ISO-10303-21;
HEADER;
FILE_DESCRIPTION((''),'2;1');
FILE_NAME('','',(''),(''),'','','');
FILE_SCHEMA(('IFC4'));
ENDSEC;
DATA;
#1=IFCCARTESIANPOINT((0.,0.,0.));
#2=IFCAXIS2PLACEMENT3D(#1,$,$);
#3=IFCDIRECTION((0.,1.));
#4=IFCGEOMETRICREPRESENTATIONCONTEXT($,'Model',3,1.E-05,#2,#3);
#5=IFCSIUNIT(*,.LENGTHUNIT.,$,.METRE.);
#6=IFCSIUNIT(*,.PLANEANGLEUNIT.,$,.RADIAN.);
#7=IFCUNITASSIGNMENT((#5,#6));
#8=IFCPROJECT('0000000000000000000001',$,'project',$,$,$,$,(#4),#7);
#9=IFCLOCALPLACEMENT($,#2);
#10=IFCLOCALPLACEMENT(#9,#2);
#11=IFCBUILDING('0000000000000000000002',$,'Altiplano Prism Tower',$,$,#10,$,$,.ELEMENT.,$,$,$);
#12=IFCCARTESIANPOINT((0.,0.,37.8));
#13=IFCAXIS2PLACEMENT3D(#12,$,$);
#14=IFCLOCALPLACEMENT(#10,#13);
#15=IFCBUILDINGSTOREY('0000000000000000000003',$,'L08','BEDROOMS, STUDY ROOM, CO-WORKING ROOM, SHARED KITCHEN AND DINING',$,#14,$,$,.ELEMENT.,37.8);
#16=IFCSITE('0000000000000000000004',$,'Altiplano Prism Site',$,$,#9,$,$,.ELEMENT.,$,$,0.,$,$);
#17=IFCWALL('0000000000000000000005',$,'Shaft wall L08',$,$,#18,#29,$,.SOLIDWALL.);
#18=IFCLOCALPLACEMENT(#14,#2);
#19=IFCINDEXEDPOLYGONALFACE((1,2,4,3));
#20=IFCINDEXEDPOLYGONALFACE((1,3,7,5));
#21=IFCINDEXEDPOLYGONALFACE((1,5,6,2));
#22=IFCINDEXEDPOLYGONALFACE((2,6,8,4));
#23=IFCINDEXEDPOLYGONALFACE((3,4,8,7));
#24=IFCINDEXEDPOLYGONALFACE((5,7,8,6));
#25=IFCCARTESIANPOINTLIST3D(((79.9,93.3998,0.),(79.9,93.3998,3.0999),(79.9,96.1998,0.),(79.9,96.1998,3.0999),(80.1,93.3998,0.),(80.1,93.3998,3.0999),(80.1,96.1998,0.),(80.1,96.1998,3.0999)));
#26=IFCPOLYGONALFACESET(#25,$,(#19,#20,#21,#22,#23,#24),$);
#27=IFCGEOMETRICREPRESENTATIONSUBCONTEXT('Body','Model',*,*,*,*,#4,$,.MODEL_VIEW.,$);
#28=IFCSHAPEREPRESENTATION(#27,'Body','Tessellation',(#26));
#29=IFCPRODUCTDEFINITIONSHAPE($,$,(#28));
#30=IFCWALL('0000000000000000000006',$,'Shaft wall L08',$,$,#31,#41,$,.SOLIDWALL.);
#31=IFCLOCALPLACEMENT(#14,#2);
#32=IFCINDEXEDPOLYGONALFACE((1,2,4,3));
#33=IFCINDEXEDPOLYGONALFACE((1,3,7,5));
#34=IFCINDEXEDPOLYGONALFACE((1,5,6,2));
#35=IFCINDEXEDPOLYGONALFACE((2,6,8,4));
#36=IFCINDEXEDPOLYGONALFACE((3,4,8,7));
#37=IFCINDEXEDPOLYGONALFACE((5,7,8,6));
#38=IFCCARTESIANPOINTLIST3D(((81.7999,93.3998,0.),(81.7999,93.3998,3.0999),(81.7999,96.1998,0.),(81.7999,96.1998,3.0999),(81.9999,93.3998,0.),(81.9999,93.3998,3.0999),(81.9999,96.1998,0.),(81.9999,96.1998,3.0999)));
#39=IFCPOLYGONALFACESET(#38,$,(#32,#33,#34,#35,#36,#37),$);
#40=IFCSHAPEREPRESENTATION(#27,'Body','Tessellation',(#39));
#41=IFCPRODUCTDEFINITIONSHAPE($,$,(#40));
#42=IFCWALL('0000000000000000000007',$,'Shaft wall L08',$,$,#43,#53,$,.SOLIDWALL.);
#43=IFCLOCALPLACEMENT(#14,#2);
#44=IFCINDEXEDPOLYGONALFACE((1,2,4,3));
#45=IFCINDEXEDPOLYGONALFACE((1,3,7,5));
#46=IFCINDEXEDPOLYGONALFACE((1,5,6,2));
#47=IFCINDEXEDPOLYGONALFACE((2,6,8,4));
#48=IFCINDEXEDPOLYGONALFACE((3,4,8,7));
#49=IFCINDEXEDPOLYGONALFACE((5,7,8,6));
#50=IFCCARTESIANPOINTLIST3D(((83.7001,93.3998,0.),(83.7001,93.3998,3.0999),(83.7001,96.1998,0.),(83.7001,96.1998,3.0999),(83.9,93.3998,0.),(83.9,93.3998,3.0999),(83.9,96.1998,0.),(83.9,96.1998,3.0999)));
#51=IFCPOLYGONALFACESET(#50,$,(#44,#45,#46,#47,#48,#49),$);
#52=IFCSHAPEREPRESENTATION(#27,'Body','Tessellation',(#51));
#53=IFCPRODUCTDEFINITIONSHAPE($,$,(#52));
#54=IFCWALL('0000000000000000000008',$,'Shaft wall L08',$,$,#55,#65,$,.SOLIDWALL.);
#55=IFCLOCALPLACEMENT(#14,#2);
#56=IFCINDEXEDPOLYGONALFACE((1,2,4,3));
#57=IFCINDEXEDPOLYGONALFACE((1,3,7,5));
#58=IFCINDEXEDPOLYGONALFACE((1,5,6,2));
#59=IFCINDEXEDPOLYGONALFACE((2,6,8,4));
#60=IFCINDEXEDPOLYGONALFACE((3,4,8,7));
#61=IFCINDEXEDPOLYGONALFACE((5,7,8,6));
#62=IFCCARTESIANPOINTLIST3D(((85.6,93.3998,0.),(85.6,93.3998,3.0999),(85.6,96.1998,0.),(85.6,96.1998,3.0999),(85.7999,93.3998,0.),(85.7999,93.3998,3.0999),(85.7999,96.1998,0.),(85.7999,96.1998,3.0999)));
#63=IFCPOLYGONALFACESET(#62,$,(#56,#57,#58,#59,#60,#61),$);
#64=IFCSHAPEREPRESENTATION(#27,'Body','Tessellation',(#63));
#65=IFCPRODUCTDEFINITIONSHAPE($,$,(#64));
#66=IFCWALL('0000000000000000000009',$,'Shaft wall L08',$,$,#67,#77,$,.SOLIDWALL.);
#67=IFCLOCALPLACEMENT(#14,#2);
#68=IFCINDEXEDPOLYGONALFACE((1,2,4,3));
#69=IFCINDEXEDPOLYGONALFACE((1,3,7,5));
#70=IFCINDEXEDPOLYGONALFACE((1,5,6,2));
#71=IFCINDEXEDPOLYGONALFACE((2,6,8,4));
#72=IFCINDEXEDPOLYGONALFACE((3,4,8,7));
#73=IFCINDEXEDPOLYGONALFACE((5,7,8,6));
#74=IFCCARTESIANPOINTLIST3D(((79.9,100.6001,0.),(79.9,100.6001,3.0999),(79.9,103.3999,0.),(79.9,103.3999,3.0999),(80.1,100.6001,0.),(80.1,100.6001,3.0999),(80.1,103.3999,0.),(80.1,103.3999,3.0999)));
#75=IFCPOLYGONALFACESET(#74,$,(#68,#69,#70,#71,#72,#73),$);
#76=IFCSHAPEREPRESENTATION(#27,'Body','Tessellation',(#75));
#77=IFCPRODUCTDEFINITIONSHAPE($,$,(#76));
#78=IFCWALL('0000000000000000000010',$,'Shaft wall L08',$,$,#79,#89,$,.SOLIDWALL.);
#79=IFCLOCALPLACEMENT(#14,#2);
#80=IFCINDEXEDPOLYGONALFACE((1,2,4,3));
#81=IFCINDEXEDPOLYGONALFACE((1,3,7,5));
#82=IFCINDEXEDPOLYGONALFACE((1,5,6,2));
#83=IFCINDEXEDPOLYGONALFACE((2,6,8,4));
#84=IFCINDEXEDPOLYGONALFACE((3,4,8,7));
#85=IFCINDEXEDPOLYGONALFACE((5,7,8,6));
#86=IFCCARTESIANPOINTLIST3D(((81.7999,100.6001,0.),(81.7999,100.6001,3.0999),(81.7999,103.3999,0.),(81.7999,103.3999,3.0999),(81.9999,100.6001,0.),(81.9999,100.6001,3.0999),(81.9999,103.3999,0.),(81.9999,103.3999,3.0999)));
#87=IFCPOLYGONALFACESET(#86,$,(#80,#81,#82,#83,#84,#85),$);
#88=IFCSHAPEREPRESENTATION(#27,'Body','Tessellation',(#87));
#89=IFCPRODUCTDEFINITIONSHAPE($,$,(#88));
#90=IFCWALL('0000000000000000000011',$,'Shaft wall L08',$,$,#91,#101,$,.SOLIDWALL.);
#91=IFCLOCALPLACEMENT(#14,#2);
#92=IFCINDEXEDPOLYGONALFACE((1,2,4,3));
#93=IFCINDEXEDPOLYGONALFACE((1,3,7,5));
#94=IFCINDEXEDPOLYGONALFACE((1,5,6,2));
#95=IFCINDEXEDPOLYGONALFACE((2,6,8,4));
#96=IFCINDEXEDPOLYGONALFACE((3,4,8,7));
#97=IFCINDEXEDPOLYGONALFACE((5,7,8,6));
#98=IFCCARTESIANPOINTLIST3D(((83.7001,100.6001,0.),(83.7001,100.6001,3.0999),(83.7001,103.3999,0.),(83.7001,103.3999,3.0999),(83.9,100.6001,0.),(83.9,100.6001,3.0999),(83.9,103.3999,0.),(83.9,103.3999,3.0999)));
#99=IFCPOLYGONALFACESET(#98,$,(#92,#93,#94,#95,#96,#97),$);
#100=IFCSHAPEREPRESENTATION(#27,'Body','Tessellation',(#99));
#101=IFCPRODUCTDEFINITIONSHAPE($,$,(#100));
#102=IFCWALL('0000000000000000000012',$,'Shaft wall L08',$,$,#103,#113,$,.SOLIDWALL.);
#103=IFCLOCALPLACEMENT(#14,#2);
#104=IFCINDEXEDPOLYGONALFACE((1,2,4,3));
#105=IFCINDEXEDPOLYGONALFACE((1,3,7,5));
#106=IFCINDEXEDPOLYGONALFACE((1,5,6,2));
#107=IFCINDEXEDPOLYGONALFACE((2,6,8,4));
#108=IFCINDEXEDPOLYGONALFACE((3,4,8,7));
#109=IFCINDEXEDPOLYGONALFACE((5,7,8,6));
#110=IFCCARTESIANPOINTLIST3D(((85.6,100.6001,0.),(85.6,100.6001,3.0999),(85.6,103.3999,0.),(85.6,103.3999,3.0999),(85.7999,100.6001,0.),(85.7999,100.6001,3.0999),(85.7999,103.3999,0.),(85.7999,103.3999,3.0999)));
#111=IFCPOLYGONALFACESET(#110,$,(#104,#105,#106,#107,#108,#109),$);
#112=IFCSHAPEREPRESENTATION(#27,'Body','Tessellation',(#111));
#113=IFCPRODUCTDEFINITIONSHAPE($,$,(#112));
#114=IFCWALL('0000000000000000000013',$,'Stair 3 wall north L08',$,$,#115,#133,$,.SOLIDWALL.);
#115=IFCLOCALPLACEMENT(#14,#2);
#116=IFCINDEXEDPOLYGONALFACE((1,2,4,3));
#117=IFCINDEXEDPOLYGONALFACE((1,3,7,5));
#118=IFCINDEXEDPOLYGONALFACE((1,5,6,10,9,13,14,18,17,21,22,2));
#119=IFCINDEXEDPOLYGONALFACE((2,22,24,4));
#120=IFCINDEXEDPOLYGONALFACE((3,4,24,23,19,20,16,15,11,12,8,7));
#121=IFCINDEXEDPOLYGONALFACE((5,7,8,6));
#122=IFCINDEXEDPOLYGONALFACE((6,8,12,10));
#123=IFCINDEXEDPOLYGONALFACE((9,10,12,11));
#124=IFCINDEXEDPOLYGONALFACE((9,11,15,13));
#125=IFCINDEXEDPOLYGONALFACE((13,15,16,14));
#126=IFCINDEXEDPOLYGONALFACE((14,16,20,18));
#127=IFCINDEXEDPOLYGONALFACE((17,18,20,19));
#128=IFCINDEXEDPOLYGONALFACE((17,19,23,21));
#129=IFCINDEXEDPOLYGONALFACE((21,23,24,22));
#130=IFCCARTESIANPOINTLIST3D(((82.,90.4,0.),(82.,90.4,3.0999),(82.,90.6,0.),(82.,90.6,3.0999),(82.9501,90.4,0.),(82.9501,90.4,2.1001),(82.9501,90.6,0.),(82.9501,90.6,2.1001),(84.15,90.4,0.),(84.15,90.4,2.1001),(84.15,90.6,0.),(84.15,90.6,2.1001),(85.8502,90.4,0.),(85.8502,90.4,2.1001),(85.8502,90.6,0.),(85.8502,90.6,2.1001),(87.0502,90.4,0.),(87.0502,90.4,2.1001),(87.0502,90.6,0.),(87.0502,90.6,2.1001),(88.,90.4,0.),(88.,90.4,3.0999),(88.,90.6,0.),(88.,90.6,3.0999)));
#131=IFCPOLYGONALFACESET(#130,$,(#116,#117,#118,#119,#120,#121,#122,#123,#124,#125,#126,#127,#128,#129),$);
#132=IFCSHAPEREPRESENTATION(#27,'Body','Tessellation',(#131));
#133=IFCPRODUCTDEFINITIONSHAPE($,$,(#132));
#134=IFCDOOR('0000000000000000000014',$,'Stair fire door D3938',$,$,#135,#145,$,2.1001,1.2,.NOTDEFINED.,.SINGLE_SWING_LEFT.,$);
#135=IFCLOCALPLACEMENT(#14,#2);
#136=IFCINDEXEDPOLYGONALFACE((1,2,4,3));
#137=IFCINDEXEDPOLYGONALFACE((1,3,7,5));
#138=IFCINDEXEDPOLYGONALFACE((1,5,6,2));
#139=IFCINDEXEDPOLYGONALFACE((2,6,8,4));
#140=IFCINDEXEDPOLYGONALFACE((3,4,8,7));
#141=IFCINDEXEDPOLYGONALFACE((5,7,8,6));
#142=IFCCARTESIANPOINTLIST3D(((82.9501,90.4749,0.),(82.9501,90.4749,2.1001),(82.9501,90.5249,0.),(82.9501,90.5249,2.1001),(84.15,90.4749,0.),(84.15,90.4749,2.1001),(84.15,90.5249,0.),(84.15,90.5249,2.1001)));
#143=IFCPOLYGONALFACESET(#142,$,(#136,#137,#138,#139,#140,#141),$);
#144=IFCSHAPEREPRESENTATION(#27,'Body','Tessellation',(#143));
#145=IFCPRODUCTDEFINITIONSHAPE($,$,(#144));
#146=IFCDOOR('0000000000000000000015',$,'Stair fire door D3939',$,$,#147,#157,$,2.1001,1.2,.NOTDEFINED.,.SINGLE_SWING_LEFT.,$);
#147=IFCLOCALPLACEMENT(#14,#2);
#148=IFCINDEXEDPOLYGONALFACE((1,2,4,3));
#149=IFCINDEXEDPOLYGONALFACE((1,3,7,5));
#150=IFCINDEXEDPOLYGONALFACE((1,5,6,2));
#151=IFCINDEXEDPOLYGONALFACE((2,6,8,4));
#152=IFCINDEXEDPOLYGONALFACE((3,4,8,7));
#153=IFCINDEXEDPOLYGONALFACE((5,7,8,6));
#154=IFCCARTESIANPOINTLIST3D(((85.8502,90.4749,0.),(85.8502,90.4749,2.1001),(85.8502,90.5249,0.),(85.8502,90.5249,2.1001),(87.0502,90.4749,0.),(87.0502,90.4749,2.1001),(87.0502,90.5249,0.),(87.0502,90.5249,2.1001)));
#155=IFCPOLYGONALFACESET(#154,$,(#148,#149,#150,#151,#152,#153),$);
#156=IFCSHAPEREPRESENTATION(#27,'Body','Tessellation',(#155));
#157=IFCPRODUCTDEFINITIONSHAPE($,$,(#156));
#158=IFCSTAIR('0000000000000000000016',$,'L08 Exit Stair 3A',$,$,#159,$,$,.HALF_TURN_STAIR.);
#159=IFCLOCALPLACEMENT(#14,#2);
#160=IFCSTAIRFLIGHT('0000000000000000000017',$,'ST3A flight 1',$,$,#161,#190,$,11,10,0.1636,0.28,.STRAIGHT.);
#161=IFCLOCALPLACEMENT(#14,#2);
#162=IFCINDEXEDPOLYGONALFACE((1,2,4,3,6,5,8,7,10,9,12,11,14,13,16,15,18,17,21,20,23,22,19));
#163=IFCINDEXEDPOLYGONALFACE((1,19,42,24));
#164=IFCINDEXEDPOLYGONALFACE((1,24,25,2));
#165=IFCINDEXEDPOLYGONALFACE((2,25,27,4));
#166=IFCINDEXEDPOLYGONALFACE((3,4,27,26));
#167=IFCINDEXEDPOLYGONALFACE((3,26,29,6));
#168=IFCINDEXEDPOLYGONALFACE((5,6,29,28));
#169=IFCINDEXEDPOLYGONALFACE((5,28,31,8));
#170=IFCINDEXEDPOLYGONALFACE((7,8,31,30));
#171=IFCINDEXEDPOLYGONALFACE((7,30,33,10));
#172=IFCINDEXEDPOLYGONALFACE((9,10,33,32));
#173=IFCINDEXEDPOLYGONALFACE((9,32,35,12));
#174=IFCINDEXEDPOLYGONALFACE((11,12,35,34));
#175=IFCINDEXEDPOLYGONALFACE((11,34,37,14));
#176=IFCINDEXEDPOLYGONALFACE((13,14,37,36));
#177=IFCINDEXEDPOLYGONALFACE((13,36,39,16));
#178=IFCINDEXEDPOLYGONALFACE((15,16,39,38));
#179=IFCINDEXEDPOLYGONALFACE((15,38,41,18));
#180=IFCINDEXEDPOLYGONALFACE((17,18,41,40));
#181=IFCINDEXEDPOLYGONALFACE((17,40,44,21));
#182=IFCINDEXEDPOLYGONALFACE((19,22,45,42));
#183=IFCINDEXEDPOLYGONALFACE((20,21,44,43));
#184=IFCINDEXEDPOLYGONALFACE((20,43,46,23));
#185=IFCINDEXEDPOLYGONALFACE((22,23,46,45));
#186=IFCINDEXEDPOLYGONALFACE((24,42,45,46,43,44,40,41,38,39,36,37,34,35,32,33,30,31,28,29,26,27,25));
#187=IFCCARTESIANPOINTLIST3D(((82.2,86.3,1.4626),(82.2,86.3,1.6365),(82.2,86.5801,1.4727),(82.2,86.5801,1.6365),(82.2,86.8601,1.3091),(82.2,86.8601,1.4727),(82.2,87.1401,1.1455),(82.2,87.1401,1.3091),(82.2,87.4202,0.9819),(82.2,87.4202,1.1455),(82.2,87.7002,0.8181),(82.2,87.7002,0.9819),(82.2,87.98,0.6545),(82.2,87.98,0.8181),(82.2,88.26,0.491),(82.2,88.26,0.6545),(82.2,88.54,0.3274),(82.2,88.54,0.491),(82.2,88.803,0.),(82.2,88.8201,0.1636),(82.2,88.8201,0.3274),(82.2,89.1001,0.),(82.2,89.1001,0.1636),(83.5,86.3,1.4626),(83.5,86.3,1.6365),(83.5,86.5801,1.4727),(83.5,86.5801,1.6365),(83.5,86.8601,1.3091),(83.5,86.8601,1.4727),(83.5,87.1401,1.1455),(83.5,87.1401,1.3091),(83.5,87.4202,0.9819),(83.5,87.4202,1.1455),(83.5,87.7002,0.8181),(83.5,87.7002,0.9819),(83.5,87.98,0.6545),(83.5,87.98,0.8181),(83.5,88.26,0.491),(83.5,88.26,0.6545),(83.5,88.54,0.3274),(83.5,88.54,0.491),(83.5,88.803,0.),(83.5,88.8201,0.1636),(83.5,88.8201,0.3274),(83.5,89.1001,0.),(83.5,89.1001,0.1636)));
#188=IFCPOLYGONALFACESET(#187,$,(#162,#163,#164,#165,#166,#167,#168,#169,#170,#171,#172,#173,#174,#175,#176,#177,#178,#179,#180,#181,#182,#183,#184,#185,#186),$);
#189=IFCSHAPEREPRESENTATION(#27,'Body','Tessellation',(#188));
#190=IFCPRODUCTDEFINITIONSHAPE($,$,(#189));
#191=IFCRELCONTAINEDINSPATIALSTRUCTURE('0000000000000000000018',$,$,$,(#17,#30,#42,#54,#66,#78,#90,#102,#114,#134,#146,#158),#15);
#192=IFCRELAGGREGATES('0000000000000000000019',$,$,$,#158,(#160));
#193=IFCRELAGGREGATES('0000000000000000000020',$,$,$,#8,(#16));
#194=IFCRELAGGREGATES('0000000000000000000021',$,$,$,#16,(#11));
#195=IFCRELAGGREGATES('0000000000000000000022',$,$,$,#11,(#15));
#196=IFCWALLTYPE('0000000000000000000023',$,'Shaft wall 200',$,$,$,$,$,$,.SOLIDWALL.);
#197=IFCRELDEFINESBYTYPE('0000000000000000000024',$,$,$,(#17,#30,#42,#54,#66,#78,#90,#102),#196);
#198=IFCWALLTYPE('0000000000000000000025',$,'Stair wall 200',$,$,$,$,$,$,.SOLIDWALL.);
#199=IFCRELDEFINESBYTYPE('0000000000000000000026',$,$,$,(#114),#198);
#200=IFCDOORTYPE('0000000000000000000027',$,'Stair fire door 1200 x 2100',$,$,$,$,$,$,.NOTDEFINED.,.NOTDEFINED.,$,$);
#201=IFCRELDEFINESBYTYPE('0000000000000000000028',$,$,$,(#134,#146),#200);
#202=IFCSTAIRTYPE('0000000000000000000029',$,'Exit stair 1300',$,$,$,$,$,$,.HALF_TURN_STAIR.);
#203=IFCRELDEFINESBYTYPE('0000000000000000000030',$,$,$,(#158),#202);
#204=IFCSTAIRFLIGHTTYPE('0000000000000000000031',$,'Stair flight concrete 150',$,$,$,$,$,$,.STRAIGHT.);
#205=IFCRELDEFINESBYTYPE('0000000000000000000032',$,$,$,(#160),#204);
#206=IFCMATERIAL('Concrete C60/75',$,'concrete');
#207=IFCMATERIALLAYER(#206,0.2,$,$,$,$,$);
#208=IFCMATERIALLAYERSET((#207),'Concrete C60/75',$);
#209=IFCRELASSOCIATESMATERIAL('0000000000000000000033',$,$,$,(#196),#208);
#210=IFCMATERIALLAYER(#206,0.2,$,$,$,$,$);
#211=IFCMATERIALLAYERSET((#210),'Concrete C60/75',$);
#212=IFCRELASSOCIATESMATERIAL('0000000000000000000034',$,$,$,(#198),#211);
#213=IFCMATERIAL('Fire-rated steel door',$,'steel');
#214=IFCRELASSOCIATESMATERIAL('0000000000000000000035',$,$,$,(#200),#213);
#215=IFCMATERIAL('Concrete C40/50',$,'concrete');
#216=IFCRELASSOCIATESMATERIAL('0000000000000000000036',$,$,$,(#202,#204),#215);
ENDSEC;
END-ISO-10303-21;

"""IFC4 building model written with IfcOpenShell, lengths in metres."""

from ifc_helpers import new_model, si_unit, direction, frame, frame_2d, origin, place, context, subcontext, project, spatial, polyline, rectangle, outline, extrude, material, layer, layer_set, type_object, element, fill, aggregate, save


model = new_model("IFC4")

# Units and contexts
model_context = context("Model", 3, precision=1e-05, world=origin(), true_north=direction((0.0, 1.0)))
body_context = subcontext(model_context, "Body", "Model", "MODEL_VIEW")
ifc_project = project(units=[si_unit("LENGTHUNIT", "METRE"), si_unit("PLANEANGLEUNIT", "RADIAN")], contexts=[model_context])

# Site, building, storey
site_placement = place(None, origin())
site = spatial("IfcSite", under=ifc_project, at=site_placement, Name="Altiplano Prism Site", CompositionType="ELEMENT", RefElevation=0.0)
building_placement = place(site_placement, origin())
building = spatial("IfcBuilding", under=site, at=building_placement, Name="Altiplano Prism Tower", CompositionType="ELEMENT")
storey_placement = place(building_placement, frame((0.0, 0.0, 37.8)))
storey = spatial("IfcBuildingStorey", under=building, at=storey_placement, Name="L08", Description="BEDROOMS, STUDY ROOM, CO-WORKING ROOM, SHARED KITCHEN AND DINING", CompositionType="ELEMENT", Elevation=37.8)

# Walls
ifc_material_1 = material(Name="Concrete C60/75", Category="concrete")
ifc_layer_1 = layer(ifc_material_1, 0.2)
ifc_layer_set_1 = layer_set([ifc_layer_1], Name="Concrete C60/75")
wall_type_1 = type_object("IfcWallType", Name="Shaft wall 200", PredefinedType="SOLIDWALL", material=ifc_layer_set_1)
for number, where, z_axis, x_axis, name in (
    (1, (80.0, 93.3999, 0.0), (0.0, 0.0, 1.0), (0.0, 1.0, 0.0), "Shaft wall L08"),
    (2, (81.8999, 93.3999, 0.0), (0.0, 0.0, 1.0), (0.0, 1.0, 0.0), "Shaft wall L08"),
    (3, (83.8, 93.3999, 0.0), (0.0, 0.0, 1.0), (0.0, 1.0, 0.0), "Shaft wall L08"),
    (4, (85.7, 93.3999, 0.0), (0.0, 0.0, 1.0), (0.0, 1.0, 0.0), "Shaft wall L08"),
):
    element("IfcWall", number, at=place(storey_placement, frame(where, z_axis=z_axis, x_axis=x_axis)), inside=storey, type_object=wall_type_1, Name=name, PredefinedType="SOLIDWALL", context=body_context, shape_type="SweptSolid", body=[
        extrude(rectangle(XDim=2.8, YDim=0.2, at=frame_2d((1.3999, 0.0))), origin(), (0.0, 0.0, 1.0), 3.0999),
    ])
for number, where, z_axis, x_axis, name in (
    (5, (80.0, 100.6001, 0.0), (0.0, 0.0, 1.0), (0.0, 1.0, 0.0), "Shaft wall L08"),
    (6, (81.8999, 100.6001, 0.0), (0.0, 0.0, 1.0), (0.0, 1.0, 0.0), "Shaft wall L08"),
    (7, (83.8, 100.6001, 0.0), (0.0, 0.0, 1.0), (0.0, 1.0, 0.0), "Shaft wall L08"),
    (8, (85.7, 100.6001, 0.0), (0.0, 0.0, 1.0), (0.0, 1.0, 0.0), "Shaft wall L08"),
):
    element("IfcWall", number, at=place(storey_placement, frame(where, z_axis=z_axis, x_axis=x_axis)), inside=storey, type_object=wall_type_1, Name=name, PredefinedType="SOLIDWALL", context=body_context, shape_type="SweptSolid", body=[
        extrude(rectangle(XDim=2.7998, YDim=0.2, at=frame_2d((1.3999, 0.0))), origin(), (0.0, 0.0, 1.0), 3.0999),
    ])

# Wall, openings, doors
ifc_layer_2 = layer(ifc_material_1, 0.2)
ifc_layer_set_2 = layer_set([ifc_layer_2], Name="Concrete C60/75")
wall_type_2 = type_object("IfcWallType", Name="Stair wall 200", PredefinedType="SOLIDWALL", material=ifc_layer_set_2)
wall_placement = place(storey_placement, frame((82.0, 90.5, 0.0), z_axis=(0.0, 0.0, 1.0), x_axis=(1.0, 0.0, 0.0)))
wall = element("IfcWall", 9, at=wall_placement, inside=storey, type_object=wall_type_2, Name="Stair 3 wall north L08", PredefinedType="SOLIDWALL", context=body_context, shape_type="SweptSolid", body=[
    extrude(rectangle(XDim=6.0, YDim=0.2, at=frame_2d((3.0, 0.0))), origin(), (0.0, 0.0, 1.0), 3.0999),
])
opening_1_placement = place(wall_placement, frame((0.95, 0.0, 0.0)))
opening_1 = element("IfcOpeningElement", 10, at=opening_1_placement, cuts=wall, PredefinedType="OPENING", context=body_context, shape_type="SweptSolid", body=[
    extrude(rectangle(XDim=1.2, YDim=2.1001, at=frame_2d((0.6001, 1.05))), frame((0.0, 0.1104, 0.0), z_axis=(0.0, -1.0, 0.0), x_axis=(1.0, 0.0, 0.0)), (0.0, 0.0, 1.0), 0.2209),
])
opening_2_placement = place(wall_placement, frame((3.8501, 0.0, 0.0)))
opening_2 = element("IfcOpeningElement", 11, at=opening_2_placement, cuts=wall, PredefinedType="OPENING", context=body_context, shape_type="SweptSolid", body=[
    extrude(rectangle(XDim=1.2, YDim=2.1001, at=frame_2d((0.6001, 1.05))), frame((0.0, 0.1104, 0.0), z_axis=(0.0, -1.0, 0.0), x_axis=(1.0, 0.0, 0.0)), (0.0, 0.0, 1.0), 0.2209),
])
ifc_material_2 = material(Name="Fire-rated steel door", Category="steel")
door_type = type_object("IfcDoorType", Name="Stair fire door 1200 x 2100", OperationType="NOTDEFINED", PredefinedType="NOTDEFINED", material=ifc_material_2)
door_1_placement = place(opening_1_placement, origin())
door_1 = element("IfcDoor", 12, at=door_1_placement, inside=storey, type_object=door_type, Name="Stair fire door D3938", OperationType="SINGLE_SWING_LEFT", OverallHeight=2.1001, OverallWidth=1.2, PredefinedType="NOTDEFINED", context=body_context, shape_type="SweptSolid", body=[
    extrude(rectangle(XDim=1.2, YDim=2.1001, at=frame_2d((0.6001, 1.05))), frame((0.0, 0.0249, 0.0), z_axis=(0.0, -1.0, 0.0), x_axis=(1.0, 0.0, 0.0)), (0.0, 0.0, 1.0), 0.05),
])
fill(opening_1, door_1)
door_2_placement = place(opening_2_placement, origin())
door_2 = element("IfcDoor", 13, at=door_2_placement, inside=storey, type_object=door_type, Name="Stair fire door D3939", OperationType="SINGLE_SWING_LEFT", OverallHeight=2.1001, OverallWidth=1.2, PredefinedType="NOTDEFINED", context=body_context, shape_type="SweptSolid", body=[
    extrude(rectangle(XDim=1.2, YDim=2.1001, at=frame_2d((0.6001, 1.05))), frame((0.0, 0.0249, 0.0), z_axis=(0.0, -1.0, 0.0), x_axis=(1.0, 0.0, 0.0)), (0.0, 0.0, 1.0), 0.05),
])
fill(opening_2, door_2)

# Stair, stair flight
ifc_material_3 = material(Name="Concrete C40/50", Category="concrete")
stair_type = type_object("IfcStairType", Name="Exit stair 1300", PredefinedType="HALF_TURN_STAIR", material=ifc_material_3)
stair_1_placement = place(storey_placement, origin())
stair_1 = element("IfcStair", 14, at=stair_1_placement, inside=storey, type_object=stair_type, Name="L08 Exit Stair 3A", PredefinedType="HALF_TURN_STAIR")
stair_flight_type = type_object("IfcStairFlightType", Name="Stair flight concrete 150", PredefinedType="STRAIGHT", material=ifc_material_3)
stair_flight_1_placement = place(storey_placement, frame((82.8501, 89.1001, 0.0), z_axis=(0.0, 0.0, 1.0), x_axis=(0.0, -1.0, 0.0)))
stair_flight_1 = element("IfcStairFlight", 15, at=stair_flight_1_placement, type_object=stair_flight_type, Name="ST3A flight 1", NumberOfRisers=11, NumberOfTreads=10, PredefinedType="STRAIGHT", RiserHeight=0.1636, TreadLength=0.28, context=body_context, shape_type="SweptSolid", body=[
    extrude(outline(polyline([(0.0, 0.0), (0.0, 0.1636), (0.28, 0.1636), (0.28, 0.3274), (0.5601, 0.3274), (0.5601, 0.491), (0.8401, 0.491), (0.8401, 0.6545), (1.1201, 0.6545), (1.1201, 0.8181), (1.3999, 0.8181), (1.3999, 0.9819), (1.6799, 0.9819), (1.6799, 1.1455), (1.96, 1.1455), (1.96, 1.3091), (2.24, 1.3091), (2.24, 1.4727), (2.52, 1.4727), (2.52, 1.6365), (2.8, 1.6365), (2.8, 1.8), (2.8, 1.4626), (0.2971, 0.0), (0.0, 0.0)])), frame((0.0, 0.6499, 0.0), z_axis=(0.0, -1.0, 0.0), x_axis=(1.0, 0.0, 0.0)), (0.0, 0.0, 1.0), 1.3),
])
aggregate(stair_1, [stair_flight_1])

save(model, "model.ifc")
